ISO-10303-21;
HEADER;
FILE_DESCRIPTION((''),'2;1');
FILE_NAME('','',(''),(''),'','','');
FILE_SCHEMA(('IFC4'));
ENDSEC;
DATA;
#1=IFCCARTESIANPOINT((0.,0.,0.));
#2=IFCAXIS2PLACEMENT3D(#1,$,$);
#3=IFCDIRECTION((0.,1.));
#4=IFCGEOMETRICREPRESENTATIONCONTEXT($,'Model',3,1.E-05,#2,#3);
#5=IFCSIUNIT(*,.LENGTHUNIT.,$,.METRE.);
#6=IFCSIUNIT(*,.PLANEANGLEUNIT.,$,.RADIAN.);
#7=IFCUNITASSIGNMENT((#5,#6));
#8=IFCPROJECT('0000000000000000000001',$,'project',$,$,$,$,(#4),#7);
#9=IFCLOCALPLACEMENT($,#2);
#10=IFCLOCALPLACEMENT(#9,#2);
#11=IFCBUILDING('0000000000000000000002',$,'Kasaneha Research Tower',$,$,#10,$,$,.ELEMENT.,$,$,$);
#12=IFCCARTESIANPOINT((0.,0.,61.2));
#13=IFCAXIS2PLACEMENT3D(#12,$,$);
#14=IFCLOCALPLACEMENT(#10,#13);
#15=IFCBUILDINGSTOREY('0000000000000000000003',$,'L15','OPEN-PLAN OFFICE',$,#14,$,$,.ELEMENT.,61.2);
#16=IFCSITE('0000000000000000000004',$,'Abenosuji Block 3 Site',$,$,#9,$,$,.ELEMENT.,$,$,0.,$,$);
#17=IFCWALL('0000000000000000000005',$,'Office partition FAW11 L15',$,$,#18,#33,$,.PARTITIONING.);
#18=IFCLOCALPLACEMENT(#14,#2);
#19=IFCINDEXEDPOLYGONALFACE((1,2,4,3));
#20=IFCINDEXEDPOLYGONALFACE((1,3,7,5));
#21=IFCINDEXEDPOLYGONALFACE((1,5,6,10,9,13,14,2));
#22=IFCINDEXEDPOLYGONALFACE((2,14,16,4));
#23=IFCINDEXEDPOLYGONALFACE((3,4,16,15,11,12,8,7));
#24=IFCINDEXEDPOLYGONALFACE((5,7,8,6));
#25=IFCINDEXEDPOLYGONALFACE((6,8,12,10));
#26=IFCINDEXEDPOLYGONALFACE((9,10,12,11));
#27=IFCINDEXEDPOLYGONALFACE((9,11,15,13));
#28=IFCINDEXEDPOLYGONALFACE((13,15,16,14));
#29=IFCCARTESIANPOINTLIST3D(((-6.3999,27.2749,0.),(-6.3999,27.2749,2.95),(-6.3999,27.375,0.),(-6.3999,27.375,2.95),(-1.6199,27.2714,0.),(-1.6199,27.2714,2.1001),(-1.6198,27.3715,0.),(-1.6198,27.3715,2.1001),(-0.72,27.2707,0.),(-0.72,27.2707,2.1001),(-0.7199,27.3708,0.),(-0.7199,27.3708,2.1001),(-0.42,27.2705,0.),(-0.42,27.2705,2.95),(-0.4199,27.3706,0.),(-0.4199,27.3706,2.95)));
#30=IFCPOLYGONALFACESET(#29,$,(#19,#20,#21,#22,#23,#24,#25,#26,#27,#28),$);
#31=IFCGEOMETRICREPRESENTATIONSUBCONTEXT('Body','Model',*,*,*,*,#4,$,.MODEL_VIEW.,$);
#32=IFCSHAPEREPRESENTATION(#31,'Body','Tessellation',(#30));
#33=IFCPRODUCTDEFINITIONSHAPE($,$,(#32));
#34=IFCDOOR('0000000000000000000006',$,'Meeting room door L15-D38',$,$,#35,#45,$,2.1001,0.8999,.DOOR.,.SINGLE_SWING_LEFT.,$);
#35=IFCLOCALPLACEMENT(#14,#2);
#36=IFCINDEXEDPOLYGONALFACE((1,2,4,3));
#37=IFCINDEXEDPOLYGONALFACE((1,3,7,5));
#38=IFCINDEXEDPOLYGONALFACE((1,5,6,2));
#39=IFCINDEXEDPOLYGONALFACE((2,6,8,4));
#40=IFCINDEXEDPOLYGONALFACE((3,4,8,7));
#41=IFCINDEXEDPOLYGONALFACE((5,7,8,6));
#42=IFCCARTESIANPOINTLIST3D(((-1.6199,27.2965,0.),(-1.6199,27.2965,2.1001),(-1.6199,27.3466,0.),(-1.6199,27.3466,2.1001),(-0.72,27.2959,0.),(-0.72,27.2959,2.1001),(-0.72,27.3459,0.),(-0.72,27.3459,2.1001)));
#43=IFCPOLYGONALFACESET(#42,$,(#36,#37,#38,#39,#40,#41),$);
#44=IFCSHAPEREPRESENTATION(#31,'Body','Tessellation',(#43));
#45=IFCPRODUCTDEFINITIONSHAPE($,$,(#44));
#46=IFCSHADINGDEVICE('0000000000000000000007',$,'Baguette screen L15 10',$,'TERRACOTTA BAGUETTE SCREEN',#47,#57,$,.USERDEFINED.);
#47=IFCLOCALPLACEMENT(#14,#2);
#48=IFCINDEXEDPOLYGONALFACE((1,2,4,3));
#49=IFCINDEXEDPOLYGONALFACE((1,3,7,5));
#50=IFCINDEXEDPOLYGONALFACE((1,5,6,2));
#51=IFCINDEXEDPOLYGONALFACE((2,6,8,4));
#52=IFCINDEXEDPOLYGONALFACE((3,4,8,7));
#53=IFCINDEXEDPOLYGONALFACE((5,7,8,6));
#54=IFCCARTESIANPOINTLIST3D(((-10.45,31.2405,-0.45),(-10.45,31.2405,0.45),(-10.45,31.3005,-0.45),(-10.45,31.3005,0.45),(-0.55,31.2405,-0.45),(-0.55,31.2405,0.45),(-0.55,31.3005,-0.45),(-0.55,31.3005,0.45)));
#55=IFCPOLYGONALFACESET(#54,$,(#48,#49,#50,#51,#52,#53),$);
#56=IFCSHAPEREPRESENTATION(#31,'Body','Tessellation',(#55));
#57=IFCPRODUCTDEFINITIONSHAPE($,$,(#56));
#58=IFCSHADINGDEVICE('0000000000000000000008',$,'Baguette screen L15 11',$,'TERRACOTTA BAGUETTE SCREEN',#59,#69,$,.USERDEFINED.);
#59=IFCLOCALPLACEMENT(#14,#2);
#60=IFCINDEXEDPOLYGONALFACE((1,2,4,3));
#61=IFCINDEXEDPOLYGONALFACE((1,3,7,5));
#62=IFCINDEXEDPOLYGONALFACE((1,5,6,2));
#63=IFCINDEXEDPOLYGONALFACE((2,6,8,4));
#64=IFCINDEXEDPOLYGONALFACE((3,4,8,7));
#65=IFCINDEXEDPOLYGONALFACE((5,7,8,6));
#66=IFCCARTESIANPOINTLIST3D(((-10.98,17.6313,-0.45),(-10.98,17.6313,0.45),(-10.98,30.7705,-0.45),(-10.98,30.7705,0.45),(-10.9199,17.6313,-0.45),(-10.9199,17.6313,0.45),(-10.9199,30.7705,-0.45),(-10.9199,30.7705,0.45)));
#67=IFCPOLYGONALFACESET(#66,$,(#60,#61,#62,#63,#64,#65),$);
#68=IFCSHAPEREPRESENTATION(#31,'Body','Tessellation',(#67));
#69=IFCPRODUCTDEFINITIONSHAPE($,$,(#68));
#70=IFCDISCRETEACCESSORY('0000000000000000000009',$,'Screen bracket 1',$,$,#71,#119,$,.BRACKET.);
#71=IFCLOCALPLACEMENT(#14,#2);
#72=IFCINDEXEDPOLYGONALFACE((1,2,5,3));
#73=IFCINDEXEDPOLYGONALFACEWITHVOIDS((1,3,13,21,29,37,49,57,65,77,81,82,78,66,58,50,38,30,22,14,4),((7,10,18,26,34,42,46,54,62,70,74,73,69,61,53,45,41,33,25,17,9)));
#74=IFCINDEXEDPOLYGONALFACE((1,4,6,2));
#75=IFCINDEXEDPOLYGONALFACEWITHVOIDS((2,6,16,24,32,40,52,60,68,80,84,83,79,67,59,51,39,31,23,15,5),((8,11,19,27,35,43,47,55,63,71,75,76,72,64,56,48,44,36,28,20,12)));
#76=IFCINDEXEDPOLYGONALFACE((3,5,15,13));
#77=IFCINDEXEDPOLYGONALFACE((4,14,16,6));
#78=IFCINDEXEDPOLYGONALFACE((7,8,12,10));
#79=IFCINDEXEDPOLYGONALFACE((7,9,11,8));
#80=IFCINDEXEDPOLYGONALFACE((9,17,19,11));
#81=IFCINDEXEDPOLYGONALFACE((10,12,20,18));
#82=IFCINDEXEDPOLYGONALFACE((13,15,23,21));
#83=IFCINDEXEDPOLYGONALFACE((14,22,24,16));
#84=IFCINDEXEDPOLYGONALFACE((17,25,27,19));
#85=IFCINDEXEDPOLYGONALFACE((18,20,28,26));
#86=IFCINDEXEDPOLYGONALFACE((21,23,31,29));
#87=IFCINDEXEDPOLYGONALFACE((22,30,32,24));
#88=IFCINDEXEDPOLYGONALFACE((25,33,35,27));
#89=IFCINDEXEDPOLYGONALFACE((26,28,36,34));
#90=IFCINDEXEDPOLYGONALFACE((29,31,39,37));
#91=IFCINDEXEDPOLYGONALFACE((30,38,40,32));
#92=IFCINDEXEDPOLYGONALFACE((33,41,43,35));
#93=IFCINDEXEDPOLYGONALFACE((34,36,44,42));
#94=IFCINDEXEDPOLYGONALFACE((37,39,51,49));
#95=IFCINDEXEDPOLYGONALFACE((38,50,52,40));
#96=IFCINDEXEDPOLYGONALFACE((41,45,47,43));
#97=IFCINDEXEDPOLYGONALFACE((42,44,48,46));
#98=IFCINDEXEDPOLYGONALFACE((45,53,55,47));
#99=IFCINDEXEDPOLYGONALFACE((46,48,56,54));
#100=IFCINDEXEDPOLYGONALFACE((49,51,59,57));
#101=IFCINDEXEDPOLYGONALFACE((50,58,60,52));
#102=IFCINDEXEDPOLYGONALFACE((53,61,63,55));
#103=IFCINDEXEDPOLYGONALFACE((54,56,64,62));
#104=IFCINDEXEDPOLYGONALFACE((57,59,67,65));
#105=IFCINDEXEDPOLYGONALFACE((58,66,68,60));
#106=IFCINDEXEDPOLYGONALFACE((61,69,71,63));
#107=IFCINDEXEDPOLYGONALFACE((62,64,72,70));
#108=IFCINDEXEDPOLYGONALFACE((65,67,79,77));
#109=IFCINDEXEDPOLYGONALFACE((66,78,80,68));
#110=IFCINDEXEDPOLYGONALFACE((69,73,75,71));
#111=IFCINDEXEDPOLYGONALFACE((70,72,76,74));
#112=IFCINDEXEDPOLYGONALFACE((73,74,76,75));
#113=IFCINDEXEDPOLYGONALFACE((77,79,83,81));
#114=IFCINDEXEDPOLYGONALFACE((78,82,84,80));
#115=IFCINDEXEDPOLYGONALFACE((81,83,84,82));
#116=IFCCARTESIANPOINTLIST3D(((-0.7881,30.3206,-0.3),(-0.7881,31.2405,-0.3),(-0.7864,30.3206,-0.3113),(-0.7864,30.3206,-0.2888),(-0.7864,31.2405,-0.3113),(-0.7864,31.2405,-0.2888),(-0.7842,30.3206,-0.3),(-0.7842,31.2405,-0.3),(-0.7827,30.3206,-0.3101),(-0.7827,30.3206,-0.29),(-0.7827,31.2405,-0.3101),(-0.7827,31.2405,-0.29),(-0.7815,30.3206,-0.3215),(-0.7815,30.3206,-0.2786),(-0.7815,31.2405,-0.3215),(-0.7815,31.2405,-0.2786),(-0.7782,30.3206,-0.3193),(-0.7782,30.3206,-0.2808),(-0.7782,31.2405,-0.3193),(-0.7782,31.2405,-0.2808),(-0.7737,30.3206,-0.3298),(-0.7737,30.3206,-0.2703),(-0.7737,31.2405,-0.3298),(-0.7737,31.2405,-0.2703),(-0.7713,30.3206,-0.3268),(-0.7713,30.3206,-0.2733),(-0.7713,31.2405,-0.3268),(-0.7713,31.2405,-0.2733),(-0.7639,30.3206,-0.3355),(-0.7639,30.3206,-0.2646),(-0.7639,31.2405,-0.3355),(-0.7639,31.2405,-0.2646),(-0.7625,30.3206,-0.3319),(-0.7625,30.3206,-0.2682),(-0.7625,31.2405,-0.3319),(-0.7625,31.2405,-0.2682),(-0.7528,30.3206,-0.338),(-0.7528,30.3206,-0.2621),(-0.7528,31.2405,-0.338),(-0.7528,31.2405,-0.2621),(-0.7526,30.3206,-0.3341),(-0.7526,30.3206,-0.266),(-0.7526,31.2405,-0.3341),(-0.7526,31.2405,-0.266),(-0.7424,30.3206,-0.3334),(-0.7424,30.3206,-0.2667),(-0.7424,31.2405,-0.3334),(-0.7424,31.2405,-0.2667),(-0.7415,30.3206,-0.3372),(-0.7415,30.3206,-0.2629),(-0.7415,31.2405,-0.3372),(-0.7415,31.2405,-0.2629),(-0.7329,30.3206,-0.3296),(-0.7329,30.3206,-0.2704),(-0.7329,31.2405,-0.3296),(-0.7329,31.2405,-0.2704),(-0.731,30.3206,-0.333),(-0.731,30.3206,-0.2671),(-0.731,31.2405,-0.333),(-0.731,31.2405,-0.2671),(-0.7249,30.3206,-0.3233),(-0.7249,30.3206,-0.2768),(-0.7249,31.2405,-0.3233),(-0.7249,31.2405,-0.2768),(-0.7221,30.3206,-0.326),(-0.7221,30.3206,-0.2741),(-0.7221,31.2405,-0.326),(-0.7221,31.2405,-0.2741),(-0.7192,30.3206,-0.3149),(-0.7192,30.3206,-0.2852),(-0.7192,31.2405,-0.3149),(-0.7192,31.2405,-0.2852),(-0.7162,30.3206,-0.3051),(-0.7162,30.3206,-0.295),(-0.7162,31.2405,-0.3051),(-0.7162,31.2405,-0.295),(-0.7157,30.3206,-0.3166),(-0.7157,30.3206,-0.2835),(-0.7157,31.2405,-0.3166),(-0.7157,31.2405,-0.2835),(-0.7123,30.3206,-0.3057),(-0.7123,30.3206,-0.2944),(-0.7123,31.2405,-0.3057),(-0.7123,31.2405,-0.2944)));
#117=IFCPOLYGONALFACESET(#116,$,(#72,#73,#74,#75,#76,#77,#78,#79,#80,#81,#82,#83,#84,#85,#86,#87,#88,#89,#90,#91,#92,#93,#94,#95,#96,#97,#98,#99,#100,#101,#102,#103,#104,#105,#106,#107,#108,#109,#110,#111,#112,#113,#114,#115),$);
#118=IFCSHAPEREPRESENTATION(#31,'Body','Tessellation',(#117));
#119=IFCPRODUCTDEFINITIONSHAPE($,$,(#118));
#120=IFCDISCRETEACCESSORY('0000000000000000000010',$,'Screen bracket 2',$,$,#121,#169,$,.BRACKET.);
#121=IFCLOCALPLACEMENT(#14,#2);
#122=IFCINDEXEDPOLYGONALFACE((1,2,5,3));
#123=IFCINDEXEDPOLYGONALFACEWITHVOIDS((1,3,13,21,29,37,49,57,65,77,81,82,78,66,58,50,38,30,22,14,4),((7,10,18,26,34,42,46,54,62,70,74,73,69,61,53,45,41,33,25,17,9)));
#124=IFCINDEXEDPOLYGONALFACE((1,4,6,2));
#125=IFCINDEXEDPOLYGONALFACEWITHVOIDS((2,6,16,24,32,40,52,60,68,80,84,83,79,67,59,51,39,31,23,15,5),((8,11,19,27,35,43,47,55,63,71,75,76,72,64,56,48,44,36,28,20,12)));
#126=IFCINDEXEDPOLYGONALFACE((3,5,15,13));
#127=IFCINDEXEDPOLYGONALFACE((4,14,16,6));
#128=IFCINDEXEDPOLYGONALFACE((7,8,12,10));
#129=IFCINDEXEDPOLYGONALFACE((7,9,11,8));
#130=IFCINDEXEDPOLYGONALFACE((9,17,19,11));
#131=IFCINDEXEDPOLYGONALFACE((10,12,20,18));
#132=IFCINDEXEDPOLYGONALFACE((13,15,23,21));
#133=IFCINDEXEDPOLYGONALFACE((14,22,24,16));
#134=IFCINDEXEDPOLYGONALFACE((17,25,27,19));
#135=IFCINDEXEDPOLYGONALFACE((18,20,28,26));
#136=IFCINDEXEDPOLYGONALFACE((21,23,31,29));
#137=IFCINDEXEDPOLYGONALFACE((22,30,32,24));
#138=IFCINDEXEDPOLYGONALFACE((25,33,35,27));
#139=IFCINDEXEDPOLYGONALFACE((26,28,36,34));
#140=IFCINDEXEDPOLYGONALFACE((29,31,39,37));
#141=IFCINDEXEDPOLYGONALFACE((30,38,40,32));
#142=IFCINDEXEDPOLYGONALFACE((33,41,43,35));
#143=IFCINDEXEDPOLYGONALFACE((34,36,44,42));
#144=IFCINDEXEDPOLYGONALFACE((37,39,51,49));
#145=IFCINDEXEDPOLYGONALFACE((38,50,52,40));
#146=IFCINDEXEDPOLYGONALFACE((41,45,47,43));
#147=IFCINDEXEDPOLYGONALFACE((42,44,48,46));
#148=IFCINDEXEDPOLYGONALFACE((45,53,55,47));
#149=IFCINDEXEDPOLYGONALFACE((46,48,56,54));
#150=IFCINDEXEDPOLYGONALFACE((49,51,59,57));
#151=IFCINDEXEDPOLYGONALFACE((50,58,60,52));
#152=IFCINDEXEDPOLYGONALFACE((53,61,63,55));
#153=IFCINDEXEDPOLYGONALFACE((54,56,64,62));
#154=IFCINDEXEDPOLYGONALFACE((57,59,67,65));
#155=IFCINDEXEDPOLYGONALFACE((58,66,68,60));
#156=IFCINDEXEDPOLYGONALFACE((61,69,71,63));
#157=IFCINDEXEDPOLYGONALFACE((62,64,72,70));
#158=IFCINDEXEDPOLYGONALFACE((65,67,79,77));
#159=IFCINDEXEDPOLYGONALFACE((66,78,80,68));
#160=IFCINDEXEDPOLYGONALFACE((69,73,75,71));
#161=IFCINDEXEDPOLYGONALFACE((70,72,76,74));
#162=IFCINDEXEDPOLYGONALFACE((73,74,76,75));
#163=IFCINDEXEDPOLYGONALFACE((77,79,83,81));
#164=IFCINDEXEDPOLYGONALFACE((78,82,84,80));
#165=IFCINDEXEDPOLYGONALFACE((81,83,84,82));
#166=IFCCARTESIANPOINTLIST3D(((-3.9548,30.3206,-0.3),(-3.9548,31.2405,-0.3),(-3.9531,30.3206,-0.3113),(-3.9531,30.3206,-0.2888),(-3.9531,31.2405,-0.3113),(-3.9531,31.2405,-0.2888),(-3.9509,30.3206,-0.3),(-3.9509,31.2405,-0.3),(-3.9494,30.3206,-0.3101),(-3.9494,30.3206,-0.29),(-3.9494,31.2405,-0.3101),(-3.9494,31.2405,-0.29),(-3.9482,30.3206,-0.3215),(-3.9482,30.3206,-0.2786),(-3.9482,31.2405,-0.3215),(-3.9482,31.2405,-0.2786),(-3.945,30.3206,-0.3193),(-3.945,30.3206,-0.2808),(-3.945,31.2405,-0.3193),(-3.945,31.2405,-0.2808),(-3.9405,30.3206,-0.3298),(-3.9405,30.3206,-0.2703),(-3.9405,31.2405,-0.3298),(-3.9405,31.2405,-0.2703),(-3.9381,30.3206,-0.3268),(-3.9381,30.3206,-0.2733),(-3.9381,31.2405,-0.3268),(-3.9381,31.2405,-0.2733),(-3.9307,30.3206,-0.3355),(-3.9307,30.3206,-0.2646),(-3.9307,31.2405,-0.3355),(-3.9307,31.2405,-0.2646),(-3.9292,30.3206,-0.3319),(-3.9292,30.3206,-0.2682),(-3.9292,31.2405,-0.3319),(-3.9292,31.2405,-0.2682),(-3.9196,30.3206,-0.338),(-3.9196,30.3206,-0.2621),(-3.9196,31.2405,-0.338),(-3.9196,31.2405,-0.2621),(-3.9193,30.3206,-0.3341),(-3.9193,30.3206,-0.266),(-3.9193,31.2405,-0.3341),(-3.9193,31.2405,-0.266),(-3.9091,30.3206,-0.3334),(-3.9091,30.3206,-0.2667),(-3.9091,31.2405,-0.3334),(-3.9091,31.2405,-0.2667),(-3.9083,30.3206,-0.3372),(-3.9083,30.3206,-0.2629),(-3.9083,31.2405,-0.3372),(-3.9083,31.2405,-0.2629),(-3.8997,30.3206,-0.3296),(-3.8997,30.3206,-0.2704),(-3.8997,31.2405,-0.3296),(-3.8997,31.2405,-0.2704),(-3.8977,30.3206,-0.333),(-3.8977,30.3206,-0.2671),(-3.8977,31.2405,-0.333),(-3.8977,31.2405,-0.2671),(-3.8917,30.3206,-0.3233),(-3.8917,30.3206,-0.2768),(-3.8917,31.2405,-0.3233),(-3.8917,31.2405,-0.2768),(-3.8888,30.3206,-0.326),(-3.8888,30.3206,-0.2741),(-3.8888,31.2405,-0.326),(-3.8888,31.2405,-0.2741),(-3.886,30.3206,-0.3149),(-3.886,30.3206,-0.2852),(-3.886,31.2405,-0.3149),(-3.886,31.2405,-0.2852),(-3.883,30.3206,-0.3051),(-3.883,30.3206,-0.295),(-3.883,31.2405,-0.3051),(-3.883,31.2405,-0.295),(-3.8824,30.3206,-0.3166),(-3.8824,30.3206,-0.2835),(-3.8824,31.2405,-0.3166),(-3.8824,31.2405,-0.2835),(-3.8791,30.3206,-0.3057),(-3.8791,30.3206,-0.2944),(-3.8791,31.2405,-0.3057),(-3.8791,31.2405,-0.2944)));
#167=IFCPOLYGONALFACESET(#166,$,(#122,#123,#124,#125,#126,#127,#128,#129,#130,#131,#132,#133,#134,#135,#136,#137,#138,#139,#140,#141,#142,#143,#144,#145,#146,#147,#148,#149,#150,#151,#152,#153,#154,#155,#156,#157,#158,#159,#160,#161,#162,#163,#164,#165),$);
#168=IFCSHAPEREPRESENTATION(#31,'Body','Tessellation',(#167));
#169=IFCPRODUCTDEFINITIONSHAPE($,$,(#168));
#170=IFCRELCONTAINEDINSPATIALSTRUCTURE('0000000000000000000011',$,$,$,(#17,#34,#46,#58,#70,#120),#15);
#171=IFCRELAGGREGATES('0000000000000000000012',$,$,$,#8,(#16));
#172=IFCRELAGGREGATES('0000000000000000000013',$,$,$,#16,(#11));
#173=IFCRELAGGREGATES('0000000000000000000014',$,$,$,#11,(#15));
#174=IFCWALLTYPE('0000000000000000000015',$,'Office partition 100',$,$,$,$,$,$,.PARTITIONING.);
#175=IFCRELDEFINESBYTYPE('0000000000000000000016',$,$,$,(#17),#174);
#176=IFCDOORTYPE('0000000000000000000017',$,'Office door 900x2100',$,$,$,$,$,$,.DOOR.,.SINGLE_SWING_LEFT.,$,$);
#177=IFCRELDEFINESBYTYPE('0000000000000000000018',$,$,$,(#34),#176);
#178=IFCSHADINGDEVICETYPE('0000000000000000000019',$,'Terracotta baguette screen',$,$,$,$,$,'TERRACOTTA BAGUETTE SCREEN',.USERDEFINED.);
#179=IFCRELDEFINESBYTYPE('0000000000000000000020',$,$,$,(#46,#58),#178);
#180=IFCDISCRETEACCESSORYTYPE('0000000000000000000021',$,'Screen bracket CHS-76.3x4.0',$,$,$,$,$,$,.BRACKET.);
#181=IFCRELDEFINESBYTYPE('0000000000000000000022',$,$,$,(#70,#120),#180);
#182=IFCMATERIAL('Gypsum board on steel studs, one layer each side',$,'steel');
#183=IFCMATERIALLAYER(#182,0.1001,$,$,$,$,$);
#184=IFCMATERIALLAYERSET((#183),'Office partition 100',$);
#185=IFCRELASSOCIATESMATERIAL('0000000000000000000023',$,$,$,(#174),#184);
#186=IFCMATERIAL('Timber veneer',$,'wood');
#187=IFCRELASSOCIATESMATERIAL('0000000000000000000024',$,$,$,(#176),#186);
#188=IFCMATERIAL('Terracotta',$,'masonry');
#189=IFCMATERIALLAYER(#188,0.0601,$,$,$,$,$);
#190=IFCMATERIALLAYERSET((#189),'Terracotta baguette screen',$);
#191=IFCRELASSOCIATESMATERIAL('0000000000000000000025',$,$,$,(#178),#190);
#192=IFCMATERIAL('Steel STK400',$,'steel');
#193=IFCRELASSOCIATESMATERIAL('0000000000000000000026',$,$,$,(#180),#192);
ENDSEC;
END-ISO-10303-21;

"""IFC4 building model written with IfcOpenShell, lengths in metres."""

from ifc_helpers import new_model, si_unit, direction, frame, frame_2d, origin, origin_2d, place, context, subcontext, project, spatial, rectangle, hollow_circle, extrude, material, layer, layer_set, material_profile, profile_set, type_object, element, fill, save


model = new_model("IFC4")

# Units and contexts
model_context = context("Model", 3, precision=1e-05, world=origin(), true_north=direction((0.0, 1.0)))
body_context = subcontext(model_context, "Body", "Model", "MODEL_VIEW")
ifc_project = project(units=[si_unit("LENGTHUNIT", "METRE"), si_unit("PLANEANGLEUNIT", "RADIAN")], contexts=[model_context])

# Site, building, storey
site_placement = place(None, origin())
site = spatial("IfcSite", under=ifc_project, at=site_placement, Name="Abenosuji Block 3 Site", CompositionType="ELEMENT", RefElevation=0.0)
building_placement = place(site_placement, origin())
building = spatial("IfcBuilding", under=site, at=building_placement, Name="Kasaneha Research Tower", CompositionType="ELEMENT")
storey_placement = place(building_placement, frame((0.0, 0.0, 61.2)))
storey = spatial("IfcBuildingStorey", under=building, at=storey_placement, Name="L15", Description="OPEN-PLAN OFFICE", CompositionType="ELEMENT", Elevation=61.2)

# Shared definitions
ifc_material_1 = material(Name="Gypsum board on steel studs, one layer each side", Category="steel")
ifc_layer_1 = layer(ifc_material_1, 0.1001)
ifc_layer_set_1 = layer_set([ifc_layer_1], Name="Office partition 100")
wall_type = type_object("IfcWallType", Name="Office partition 100", PredefinedType="PARTITIONING", material=ifc_layer_set_1)

# Wall, opening, door
ifc_material_2 = material(Name="Timber veneer", Category="wood")
door_type = type_object("IfcDoorType", Name="Office door 900x2100", OperationType="SINGLE_SWING_LEFT", PredefinedType="DOOR", material=ifc_material_2)
wall_1_placement = place(storey_placement, frame((-0.4199, 27.3206, 0.0), z_axis=(0.0, 0.0, 1.0), x_axis=(-1.0, 0.000735, 0.0)))
wall_1 = element("IfcWall", 1, at=wall_1_placement, inside=storey, type_object=wall_type, Name="Office partition FAW11 L15", PredefinedType="PARTITIONING", context=body_context, shape_type="SweptSolid", body=[
    extrude(rectangle(XDim=5.98, YDim=0.1001, at=frame_2d((2.99, 0.0))), origin(), (0.0, 0.0, 1.0), 2.95),
])
opening_1_placement = place(wall_1_placement, frame((0.3, 0.0, 0.0)))
opening_1 = element("IfcOpeningElement", 2, at=opening_1_placement, cuts=wall_1, PredefinedType="OPENING", context=body_context, shape_type="SweptSolid", body=[
    extrude(rectangle(XDim=0.8999, YDim=2.1001, at=frame_2d((0.45, 1.05))), frame((0.0, 0.0601, 0.0), z_axis=(0.0, -1.0, 0.0), x_axis=(1.0, 0.0, 0.0)), (0.0, 0.0, 1.0), 0.1201),
])
door_1_placement = place(opening_1_placement, origin())
door_1 = element("IfcDoor", 3, at=door_1_placement, inside=storey, type_object=door_type, Name="Meeting room door L15-D38", OperationType="SINGLE_SWING_LEFT", OverallHeight=2.1001, OverallWidth=0.8999, PredefinedType="DOOR", context=body_context, shape_type="SweptSolid", body=[
    extrude(rectangle(XDim=0.8999, YDim=2.1001, at=frame_2d((0.45, 1.05))), frame((0.0, 0.0249, 0.0), z_axis=(0.0, -1.0, 0.0), x_axis=(1.0, 0.0, 0.0)), (0.0, 0.0, 1.0), 0.05),
])
fill(opening_1, door_1)

# Shading devices
ifc_material_3 = material(Name="Terracotta", Category="masonry")
ifc_layer_2 = layer(ifc_material_3, 0.0601)
ifc_layer_set_2 = layer_set([ifc_layer_2], Name="Terracotta baguette screen")
shading_device_type = type_object("IfcShadingDeviceType", Name="Terracotta baguette screen", ElementType="TERRACOTTA BAGUETTE SCREEN", PredefinedType="USERDEFINED", material=ifc_layer_set_2)
shading_device_1_placement = place(storey_placement, frame((-5.5, 31.2705, -0.45), z_axis=(0.0, 0.0, 1.0), x_axis=(-1.0, 0.0, 0.0)))
element("IfcShadingDevice", 4, at=shading_device_1_placement, inside=storey, type_object=shading_device_type, Name="Baguette screen L15 10", ObjectType="TERRACOTTA BAGUETTE SCREEN", PredefinedType="USERDEFINED", context=body_context, shape_type="SweptSolid", body=[
    extrude(rectangle(XDim=9.8999, YDim=0.0601, at=origin_2d()), origin(), (0.0, 0.0, 1.0), 0.8999),
])
shading_device_2_placement = place(storey_placement, frame((-10.95, 24.2009, -0.45), z_axis=(0.0, 0.0, 1.0), x_axis=(0.0, -1.0, 0.0)))
element("IfcShadingDevice", 5, at=shading_device_2_placement, inside=storey, type_object=shading_device_type, Name="Baguette screen L15 11", ObjectType="TERRACOTTA BAGUETTE SCREEN", PredefinedType="USERDEFINED", context=body_context, shape_type="SweptSolid", body=[
    extrude(rectangle(XDim=13.1392, YDim=0.0601, at=origin_2d()), origin(), (0.0, 0.0, 1.0), 0.8999),
])

# Discrete accessories
ifc_material_4 = material(Name="Steel STK400", Category="steel")
ifc_material_profile_1 = material_profile(ifc_material_4, hollow_circle(Radius=0.0381, WallThickness=0.0039, at=origin_2d()), Name="CHS-76.3x4.0")
ifc_profile_set_1 = profile_set([ifc_material_profile_1], Name="Steel STK400")
discrete_accessory_type = type_object("IfcDiscreteAccessoryType", Name="Screen bracket CHS-76.3x4.0", PredefinedType="BRACKET", material=ifc_profile_set_1)
for number, where, z_axis, x_axis, name in (
    (6, (-0.75, 30.3206, -0.3), (0.0, 1.0, 0.0), (-1.0, 0.0, 0.0), "Screen bracket 1"),
    (7, (-3.9167, 30.3206, -0.3), (0.0, 1.0, 0.0), (-1.0, 0.0, 0.0), "Screen bracket 2"),
):
    element("IfcDiscreteAccessory", number, at=place(storey_placement, frame(where, z_axis=z_axis, x_axis=x_axis)), inside=storey, type_object=discrete_accessory_type, Name=name, PredefinedType="BRACKET", context=body_context, shape_type="SweptSolid", body=[
        extrude(hollow_circle(Radius=0.0381, WallThickness=0.0039, at=origin_2d()), origin(), (0.0, 0.0, 1.0), 0.9199),
    ])

save(model, "model.ifc")
